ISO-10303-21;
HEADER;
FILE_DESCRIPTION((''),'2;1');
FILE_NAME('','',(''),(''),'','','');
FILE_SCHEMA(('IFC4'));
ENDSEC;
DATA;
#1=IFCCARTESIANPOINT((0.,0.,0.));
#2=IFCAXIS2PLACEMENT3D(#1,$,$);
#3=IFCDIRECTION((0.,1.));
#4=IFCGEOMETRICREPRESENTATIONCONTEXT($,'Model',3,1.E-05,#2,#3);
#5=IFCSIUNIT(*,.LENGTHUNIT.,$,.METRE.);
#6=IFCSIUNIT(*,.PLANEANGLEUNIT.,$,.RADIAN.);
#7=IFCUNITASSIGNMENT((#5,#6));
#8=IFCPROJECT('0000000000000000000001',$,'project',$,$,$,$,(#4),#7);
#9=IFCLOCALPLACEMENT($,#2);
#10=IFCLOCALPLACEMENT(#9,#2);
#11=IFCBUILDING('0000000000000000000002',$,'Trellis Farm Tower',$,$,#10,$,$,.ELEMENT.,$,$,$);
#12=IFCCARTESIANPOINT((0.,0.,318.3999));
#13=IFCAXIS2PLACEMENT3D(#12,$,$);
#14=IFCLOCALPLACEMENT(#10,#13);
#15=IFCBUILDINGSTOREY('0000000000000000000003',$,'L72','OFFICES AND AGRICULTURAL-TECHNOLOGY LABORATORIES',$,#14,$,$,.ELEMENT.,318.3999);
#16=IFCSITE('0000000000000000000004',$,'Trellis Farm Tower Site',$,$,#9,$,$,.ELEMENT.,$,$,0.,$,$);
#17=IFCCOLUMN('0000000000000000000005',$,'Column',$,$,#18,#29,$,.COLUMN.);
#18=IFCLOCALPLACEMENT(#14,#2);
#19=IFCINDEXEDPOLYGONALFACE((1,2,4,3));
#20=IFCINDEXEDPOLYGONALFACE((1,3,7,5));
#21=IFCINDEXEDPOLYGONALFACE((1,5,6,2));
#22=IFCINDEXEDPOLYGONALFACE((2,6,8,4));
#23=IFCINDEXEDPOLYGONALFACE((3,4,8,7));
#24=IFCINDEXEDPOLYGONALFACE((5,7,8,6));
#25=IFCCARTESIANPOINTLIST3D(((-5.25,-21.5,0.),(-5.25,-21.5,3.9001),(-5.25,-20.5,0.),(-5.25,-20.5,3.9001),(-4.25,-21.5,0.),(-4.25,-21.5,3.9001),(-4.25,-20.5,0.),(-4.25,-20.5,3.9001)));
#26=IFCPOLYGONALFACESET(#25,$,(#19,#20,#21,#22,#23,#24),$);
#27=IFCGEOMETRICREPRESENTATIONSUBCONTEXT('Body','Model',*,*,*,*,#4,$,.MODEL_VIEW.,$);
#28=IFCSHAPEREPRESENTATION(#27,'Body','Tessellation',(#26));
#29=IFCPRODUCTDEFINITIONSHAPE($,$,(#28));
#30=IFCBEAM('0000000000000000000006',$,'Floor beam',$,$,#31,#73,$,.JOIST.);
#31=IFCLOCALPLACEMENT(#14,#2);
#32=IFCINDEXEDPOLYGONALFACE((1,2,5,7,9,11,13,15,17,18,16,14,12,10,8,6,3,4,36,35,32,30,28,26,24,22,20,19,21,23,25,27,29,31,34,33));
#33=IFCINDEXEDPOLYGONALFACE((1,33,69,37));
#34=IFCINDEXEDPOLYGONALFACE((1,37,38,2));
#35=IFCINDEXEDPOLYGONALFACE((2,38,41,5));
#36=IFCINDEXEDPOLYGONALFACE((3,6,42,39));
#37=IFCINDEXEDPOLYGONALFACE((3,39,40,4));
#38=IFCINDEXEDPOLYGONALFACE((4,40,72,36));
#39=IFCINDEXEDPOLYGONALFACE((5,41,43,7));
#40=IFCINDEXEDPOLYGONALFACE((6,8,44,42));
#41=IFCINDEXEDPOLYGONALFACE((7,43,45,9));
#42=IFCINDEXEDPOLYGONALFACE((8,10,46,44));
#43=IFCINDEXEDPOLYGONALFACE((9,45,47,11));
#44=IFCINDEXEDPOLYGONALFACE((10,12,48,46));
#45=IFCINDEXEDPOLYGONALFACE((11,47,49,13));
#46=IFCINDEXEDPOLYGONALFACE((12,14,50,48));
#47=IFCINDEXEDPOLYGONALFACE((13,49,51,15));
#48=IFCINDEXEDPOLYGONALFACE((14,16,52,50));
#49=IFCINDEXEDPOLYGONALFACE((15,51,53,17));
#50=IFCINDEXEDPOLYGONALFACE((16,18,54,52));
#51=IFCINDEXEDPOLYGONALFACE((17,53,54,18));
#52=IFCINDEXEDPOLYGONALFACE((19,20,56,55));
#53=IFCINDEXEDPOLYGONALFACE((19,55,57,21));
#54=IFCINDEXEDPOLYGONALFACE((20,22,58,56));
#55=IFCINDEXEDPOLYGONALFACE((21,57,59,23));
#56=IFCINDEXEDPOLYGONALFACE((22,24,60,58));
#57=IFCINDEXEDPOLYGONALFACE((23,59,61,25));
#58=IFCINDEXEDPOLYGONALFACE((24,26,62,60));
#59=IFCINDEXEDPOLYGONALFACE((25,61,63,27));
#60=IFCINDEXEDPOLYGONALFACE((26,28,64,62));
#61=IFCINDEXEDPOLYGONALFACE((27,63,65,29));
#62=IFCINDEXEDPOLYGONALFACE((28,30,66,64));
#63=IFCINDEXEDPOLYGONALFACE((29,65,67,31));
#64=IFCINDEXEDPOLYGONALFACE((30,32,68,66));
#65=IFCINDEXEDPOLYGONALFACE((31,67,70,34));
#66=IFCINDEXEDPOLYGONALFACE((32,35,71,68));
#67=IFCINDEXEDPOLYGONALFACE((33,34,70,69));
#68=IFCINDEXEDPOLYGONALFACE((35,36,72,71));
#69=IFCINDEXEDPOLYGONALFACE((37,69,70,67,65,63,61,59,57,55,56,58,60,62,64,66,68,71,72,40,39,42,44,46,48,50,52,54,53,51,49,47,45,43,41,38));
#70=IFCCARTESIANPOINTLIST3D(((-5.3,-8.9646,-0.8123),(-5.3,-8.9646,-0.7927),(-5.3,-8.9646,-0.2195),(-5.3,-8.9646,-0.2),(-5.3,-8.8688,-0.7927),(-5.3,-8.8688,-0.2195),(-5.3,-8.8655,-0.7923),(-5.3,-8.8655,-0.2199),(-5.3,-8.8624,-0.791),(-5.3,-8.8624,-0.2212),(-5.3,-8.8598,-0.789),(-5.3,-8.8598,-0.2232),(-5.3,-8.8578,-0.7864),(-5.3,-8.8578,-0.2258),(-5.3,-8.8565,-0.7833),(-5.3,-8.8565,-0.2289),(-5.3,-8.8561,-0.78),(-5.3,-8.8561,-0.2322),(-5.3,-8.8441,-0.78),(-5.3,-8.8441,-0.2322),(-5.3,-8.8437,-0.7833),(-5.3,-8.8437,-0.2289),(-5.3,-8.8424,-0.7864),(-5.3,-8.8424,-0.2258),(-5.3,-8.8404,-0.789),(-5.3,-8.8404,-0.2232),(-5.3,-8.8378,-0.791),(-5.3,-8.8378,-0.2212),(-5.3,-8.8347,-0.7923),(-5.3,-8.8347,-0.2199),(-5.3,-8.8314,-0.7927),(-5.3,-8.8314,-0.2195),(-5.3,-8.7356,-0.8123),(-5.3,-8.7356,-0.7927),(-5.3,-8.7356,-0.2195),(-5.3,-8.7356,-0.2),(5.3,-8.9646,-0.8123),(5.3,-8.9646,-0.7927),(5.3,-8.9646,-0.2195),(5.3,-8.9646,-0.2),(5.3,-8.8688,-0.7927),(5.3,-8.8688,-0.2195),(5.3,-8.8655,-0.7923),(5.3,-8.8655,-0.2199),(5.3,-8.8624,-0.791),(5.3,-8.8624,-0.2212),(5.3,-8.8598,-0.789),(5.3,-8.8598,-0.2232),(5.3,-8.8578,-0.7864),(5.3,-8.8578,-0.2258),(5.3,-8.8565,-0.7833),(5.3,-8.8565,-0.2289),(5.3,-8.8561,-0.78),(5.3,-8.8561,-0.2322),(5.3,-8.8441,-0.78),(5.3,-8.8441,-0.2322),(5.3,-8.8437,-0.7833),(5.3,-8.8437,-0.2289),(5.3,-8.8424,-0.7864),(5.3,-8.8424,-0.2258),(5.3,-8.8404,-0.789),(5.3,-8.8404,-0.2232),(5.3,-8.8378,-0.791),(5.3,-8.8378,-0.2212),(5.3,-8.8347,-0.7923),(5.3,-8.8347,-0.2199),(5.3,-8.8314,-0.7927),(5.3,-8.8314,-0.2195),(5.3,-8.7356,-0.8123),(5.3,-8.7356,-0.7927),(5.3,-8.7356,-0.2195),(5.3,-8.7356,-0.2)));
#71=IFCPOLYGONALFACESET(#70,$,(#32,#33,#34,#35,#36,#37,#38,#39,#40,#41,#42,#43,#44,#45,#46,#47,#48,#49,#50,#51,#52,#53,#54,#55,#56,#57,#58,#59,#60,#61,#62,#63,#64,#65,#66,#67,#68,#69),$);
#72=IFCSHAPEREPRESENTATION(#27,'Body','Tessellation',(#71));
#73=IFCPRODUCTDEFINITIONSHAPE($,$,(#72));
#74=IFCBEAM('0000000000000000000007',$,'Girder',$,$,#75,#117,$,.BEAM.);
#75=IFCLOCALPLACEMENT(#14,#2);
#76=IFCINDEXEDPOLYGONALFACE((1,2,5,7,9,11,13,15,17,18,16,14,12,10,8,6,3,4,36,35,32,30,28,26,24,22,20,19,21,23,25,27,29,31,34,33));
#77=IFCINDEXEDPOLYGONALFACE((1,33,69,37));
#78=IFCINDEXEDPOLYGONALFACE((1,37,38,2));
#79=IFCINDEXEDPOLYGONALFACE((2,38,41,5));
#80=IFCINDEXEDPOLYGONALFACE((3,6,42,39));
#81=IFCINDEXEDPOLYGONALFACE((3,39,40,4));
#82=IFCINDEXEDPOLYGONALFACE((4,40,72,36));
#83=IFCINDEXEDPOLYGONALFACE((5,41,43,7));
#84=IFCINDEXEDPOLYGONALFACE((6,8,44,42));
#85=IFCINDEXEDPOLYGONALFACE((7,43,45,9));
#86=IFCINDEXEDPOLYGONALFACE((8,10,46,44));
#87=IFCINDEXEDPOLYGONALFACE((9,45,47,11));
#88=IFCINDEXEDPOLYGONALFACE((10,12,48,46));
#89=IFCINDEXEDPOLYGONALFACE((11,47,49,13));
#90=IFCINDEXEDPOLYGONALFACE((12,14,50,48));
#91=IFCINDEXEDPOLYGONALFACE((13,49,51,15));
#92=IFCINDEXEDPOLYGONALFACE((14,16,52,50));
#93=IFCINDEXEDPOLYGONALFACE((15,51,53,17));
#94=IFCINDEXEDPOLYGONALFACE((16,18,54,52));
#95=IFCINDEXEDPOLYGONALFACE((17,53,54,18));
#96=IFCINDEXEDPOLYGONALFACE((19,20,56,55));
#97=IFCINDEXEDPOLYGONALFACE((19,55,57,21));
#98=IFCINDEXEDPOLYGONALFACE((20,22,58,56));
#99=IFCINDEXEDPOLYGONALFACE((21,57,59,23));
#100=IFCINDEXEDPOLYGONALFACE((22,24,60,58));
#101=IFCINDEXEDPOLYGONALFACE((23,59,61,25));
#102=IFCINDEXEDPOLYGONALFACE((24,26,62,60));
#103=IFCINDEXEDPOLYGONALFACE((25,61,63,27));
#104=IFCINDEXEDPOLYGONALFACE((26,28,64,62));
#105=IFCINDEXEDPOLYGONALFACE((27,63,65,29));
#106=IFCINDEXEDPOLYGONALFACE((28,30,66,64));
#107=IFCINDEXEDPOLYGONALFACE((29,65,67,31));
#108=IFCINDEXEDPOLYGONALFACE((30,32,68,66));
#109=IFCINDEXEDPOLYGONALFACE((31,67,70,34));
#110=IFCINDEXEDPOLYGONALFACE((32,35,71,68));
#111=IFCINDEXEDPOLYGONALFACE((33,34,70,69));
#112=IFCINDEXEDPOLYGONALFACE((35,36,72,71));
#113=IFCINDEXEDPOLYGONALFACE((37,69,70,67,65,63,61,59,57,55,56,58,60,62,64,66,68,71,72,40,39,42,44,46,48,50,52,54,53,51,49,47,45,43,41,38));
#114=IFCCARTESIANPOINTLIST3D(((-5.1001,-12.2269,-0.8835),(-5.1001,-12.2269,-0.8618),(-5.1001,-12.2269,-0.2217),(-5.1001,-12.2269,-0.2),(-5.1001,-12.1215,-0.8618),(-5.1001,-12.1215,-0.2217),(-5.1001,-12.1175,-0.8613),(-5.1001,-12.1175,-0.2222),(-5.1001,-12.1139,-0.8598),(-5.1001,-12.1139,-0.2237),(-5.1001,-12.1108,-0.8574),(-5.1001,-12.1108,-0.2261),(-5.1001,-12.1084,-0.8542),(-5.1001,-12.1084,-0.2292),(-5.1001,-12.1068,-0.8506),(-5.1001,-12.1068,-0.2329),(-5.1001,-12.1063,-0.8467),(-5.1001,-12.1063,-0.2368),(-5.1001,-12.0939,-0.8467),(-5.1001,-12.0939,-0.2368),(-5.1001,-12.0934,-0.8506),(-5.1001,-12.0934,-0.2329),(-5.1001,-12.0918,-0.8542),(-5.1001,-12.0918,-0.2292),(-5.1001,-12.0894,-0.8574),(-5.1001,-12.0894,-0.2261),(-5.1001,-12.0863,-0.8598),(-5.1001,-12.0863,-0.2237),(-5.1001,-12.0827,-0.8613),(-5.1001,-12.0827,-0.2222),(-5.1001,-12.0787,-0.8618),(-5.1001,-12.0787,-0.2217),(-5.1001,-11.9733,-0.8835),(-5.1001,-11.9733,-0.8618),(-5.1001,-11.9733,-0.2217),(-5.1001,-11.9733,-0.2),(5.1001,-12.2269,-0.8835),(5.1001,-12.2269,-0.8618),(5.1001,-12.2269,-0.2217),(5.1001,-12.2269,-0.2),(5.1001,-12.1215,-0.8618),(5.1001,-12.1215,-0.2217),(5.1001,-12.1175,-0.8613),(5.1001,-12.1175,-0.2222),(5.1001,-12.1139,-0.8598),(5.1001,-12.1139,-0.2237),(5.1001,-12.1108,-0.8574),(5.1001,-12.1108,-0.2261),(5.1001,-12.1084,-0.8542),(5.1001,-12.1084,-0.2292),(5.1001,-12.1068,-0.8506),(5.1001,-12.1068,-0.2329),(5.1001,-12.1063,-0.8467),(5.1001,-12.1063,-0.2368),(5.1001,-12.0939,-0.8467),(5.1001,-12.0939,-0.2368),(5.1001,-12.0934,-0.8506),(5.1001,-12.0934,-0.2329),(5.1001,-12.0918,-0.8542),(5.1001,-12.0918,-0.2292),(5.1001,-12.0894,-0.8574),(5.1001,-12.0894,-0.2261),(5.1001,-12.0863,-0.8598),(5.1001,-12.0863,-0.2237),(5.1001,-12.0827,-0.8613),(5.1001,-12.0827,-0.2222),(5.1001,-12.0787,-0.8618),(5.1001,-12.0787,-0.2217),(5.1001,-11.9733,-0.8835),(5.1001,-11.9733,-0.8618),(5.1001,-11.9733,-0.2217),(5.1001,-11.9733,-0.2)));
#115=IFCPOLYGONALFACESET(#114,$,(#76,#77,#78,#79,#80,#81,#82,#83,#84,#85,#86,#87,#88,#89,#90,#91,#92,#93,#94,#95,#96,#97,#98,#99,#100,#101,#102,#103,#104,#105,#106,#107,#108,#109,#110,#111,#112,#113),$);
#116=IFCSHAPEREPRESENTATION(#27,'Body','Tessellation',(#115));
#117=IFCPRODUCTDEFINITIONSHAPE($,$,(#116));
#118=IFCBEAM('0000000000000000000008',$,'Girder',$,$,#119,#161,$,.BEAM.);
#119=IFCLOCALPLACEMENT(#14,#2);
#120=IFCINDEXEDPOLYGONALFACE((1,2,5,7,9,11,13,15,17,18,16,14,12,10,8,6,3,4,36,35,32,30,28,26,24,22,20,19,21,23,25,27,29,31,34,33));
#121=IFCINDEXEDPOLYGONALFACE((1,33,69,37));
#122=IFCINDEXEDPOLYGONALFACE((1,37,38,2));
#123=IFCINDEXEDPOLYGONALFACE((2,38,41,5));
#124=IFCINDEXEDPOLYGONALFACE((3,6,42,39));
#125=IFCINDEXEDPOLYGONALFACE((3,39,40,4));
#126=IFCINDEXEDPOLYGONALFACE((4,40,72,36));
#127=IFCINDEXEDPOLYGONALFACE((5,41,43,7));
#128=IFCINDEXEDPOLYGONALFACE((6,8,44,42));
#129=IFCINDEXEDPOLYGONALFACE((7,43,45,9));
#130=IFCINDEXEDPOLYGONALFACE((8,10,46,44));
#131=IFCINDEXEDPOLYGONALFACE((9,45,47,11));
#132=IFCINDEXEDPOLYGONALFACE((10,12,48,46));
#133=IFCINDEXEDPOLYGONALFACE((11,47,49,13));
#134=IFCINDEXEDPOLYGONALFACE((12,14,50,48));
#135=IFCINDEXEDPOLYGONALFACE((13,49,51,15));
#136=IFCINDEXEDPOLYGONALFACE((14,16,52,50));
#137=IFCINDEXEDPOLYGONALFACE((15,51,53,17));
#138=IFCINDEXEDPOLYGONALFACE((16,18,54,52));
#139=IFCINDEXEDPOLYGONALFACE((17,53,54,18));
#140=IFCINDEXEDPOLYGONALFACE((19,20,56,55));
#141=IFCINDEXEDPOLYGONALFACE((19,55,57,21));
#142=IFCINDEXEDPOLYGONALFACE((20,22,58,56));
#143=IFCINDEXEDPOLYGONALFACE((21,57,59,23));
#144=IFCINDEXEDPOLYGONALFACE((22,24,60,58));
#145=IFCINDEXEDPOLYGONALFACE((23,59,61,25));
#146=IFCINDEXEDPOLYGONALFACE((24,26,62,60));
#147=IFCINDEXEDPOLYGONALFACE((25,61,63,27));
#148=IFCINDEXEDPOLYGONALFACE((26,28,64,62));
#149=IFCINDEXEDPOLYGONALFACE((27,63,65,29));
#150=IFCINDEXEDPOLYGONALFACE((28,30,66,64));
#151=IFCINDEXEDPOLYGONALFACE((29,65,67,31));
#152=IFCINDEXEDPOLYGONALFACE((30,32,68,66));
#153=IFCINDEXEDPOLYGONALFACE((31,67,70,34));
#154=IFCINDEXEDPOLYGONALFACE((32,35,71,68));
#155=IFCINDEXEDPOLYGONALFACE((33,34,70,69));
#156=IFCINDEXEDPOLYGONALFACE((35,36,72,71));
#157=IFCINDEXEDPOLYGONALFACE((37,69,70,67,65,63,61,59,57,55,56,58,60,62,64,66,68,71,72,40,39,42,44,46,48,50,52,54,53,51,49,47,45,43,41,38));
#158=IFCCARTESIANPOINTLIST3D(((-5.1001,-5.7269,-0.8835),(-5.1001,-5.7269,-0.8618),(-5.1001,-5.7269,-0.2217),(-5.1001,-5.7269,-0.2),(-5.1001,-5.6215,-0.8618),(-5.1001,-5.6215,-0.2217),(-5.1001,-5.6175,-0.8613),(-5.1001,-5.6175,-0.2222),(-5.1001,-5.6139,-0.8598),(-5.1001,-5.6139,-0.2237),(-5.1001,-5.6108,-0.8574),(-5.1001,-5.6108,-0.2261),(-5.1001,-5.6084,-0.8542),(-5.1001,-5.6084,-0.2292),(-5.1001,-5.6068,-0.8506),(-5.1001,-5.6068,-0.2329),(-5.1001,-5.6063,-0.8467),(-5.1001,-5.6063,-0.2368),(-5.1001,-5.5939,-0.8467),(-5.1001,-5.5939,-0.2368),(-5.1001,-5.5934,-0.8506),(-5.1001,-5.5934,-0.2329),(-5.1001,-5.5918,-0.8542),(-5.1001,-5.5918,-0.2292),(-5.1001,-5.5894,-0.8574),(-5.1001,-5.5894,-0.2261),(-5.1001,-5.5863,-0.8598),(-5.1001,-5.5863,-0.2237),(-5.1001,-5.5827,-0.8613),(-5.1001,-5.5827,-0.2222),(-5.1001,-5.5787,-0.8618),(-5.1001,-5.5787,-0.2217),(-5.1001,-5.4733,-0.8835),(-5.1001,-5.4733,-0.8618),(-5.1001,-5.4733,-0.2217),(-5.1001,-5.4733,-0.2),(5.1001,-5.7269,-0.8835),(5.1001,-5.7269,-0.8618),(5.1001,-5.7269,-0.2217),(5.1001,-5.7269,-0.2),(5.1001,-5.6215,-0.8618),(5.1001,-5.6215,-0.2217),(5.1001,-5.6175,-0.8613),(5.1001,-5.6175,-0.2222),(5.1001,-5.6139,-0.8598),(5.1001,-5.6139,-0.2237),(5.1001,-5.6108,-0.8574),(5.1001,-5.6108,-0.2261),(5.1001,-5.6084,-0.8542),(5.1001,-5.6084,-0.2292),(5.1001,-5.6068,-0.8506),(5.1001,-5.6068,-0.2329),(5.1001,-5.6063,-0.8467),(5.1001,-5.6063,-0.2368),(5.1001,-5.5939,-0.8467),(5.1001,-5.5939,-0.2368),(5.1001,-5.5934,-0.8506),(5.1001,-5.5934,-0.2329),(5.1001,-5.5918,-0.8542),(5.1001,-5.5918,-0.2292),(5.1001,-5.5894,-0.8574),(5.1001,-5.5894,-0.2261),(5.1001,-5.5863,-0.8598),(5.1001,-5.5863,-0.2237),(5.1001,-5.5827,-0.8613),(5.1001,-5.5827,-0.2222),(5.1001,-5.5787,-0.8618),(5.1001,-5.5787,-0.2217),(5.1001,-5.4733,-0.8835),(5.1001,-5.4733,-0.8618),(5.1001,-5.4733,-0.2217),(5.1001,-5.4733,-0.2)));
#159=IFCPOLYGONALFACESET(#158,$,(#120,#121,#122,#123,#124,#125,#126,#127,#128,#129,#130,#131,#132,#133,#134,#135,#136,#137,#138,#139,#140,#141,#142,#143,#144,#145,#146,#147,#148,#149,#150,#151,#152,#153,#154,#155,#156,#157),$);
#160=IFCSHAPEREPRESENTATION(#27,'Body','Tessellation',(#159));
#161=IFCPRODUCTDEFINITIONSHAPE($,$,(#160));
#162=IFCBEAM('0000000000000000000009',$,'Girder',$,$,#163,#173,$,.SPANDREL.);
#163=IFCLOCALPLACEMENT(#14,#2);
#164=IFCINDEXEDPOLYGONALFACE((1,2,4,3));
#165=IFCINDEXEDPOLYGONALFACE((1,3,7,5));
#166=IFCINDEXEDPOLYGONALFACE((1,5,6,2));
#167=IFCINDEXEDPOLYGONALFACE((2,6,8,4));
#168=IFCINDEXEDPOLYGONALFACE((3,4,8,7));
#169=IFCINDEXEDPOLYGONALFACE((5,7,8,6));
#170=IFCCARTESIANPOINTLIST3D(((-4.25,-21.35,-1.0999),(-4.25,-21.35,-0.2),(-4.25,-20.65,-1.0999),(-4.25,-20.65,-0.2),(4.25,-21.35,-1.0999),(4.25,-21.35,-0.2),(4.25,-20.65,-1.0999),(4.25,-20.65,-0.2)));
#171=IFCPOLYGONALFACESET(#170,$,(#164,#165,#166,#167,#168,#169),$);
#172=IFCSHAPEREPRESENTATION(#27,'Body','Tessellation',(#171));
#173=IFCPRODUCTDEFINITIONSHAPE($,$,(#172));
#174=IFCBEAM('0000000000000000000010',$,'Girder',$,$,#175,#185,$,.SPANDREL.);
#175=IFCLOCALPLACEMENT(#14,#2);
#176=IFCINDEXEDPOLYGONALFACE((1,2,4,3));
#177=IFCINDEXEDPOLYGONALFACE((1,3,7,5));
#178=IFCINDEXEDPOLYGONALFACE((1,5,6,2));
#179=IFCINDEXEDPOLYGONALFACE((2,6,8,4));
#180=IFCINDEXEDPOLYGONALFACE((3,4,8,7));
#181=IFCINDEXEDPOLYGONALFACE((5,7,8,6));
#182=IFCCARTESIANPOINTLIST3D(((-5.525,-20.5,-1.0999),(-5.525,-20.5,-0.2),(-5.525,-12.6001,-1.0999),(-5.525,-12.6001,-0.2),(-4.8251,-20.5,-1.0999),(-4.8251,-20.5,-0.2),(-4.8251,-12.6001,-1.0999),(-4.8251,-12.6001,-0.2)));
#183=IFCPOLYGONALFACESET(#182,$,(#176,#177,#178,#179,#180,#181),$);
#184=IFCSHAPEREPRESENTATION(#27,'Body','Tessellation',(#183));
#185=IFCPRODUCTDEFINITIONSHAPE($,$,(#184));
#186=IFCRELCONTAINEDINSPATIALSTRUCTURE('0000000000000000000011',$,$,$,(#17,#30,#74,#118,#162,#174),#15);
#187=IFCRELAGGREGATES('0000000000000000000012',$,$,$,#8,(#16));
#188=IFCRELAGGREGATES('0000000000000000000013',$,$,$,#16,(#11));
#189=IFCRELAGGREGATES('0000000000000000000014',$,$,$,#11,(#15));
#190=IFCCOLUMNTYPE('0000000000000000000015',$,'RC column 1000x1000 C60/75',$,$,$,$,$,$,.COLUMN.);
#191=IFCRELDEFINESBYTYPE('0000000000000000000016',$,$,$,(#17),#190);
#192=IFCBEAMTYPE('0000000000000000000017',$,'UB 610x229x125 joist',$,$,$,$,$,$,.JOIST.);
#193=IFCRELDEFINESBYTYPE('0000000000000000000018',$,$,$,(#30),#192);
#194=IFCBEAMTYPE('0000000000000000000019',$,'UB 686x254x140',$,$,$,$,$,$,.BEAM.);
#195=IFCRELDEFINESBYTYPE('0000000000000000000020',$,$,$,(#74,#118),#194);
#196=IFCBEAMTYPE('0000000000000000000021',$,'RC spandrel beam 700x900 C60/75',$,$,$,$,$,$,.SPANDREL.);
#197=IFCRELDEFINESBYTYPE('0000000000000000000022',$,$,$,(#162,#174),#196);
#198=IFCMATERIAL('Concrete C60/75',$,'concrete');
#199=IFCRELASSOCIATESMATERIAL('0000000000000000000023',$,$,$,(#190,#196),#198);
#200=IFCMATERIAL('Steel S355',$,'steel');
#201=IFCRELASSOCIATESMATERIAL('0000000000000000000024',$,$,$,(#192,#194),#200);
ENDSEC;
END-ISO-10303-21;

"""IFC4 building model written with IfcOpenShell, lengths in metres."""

from ifc_helpers import new_model, si_unit, direction, frame, origin, origin_2d, place, context, subcontext, project, spatial, rectangle, i_section, extrude, source, transform, mapped, material, material_profile, profile_set, type_object, element, save


model = new_model("IFC4")

# Units and contexts
model_context = context("Model", 3, precision=1e-05, world=origin(), true_north=direction((0.0, 1.0)))
body_context = subcontext(model_context, "Body", "Model", "MODEL_VIEW")
ifc_project = project(units=[si_unit("LENGTHUNIT", "METRE"), si_unit("PLANEANGLEUNIT", "RADIAN")], contexts=[model_context])

# Site, building, storey
site_placement = place(None, origin())
site = spatial("IfcSite", under=ifc_project, at=site_placement, Name="Trellis Farm Tower Site", CompositionType="ELEMENT", RefElevation=0.0)
building_placement = place(site_placement, origin())
building = spatial("IfcBuilding", under=site, at=building_placement, Name="Trellis Farm Tower", CompositionType="ELEMENT")
storey_placement = place(building_placement, frame((0.0, 0.0, 318.3999)))
storey = spatial("IfcBuildingStorey", under=building, at=storey_placement, Name="L72", Description="OFFICES AND AGRICULTURAL-TECHNOLOGY LABORATORIES", CompositionType="ELEMENT", Elevation=318.3999)

# Column
ifc_material_1 = material(Name="Concrete C60/75", Category="concrete")
ifc_material_profile_1 = material_profile(ifc_material_1, rectangle(XDim=1.0, YDim=1.0, at=origin_2d()), Name="RC column 1000x1000 C60/75")
ifc_profile_set_1 = profile_set([ifc_material_profile_1], Name="Concrete C60/75")
column_type = type_object("IfcColumnType", Name="RC column 1000x1000 C60/75", PredefinedType="COLUMN", material=ifc_profile_set_1)
shared_shape_1 = source(origin(), body_context, "Body", "SweptSolid", [
    extrude(rectangle(XDim=1.0, YDim=1.0, at=origin_2d()), origin(), (0.0, 0.0, 1.0), 3.9001),
])
column_placement = place(storey_placement, frame((-4.75, -21.0, 0.0), z_axis=(0.0, 0.0, 1.0), x_axis=(1.0, 0.0, 0.0)))
element("IfcColumn", 1, at=column_placement, inside=storey, type_object=column_type, Name="Column", PredefinedType="COLUMN", context=body_context, shape_type="MappedRepresentation", body=[
    mapped(shared_shape_1, transform((0.0, 0.0, 0.0))),
])

# Beams
ifc_material_2 = material(Name="Steel S355", Category="steel")
ifc_material_profile_2 = material_profile(ifc_material_2, i_section(OverallWidth=0.229, OverallDepth=0.6123, WebThickness=0.012, FlangeThickness=0.0195, FilletRadius=0.0127, at=origin_2d()), Name="UB 610x229x125")
ifc_profile_set_2 = profile_set([ifc_material_profile_2], Name="Steel S355")
beam_type_1 = type_object("IfcBeamType", Name="UB 610x229x125 joist", PredefinedType="JOIST", material=ifc_profile_set_2)
shared_shape_2 = source(origin(), body_context, "Body", "SweptSolid", [
    extrude(i_section(OverallWidth=0.229, OverallDepth=0.6123, WebThickness=0.012, FlangeThickness=0.0195, FilletRadius=0.0127, at=origin_2d()), origin(), (0.0, 0.0, 1.0), 10.6001),
])
beam_1_placement = place(storey_placement, frame((-5.3, -8.8501, -0.5061), z_axis=(1.0, 0.0, 0.0), x_axis=(0.0, 1.0, 0.0)))
element("IfcBeam", 2, at=beam_1_placement, inside=storey, type_object=beam_type_1, Name="Floor beam", PredefinedType="JOIST", context=body_context, shape_type="MappedRepresentation", body=[
    mapped(shared_shape_2, transform((0.0, 0.0, 0.0))),
])
ifc_material_profile_3 = material_profile(ifc_material_2, i_section(OverallWidth=0.2537, OverallDepth=0.6836, WebThickness=0.0125, FlangeThickness=0.0217, FilletRadius=0.0151, at=origin_2d()), Name="UB 686x254x140")
ifc_profile_set_3 = profile_set([ifc_material_profile_3], Name="Steel S355")
beam_type_2 = type_object("IfcBeamType", Name="UB 686x254x140", PredefinedType="BEAM", material=ifc_profile_set_3)
shared_shape_3 = source(origin(), body_context, "Body", "SweptSolid", [
    extrude(i_section(OverallWidth=0.2537, OverallDepth=0.6836, WebThickness=0.0125, FlangeThickness=0.0217, FilletRadius=0.0151, at=origin_2d()), origin(), (0.0, 0.0, 1.0), 10.2002),
])
for number, where, z_axis, x_axis, name in (
    (3, (-5.1001, -12.1001, -0.5417), (1.0, 0.0, 0.0), (0.0, 1.0, 0.0), "Girder"),
    (4, (-5.1001, -5.6001, -0.5417), (1.0, 0.0, 0.0), (0.0, 1.0, 0.0), "Girder"),
):
    element("IfcBeam", number, at=place(storey_placement, frame(where, z_axis=z_axis, x_axis=x_axis)), inside=storey, type_object=beam_type_2, Name=name, PredefinedType="BEAM", context=body_context, shape_type="MappedRepresentation", body=[
        mapped(shared_shape_3, transform((0.0, 0.0, 0.0))),
    ])
ifc_material_profile_4 = material_profile(ifc_material_1, rectangle(XDim=0.7, YDim=0.8999, at=origin_2d()), Name="RC spandrel beam 700x900 C60/75")
ifc_profile_set_4 = profile_set([ifc_material_profile_4], Name="Concrete C60/75")
beam_type_3 = type_object("IfcBeamType", Name="RC spandrel beam 700x900 C60/75", PredefinedType="SPANDREL", material=ifc_profile_set_4)
shared_shape_4 = source(origin(), body_context, "Body", "SweptSolid", [
    extrude(rectangle(XDim=0.7, YDim=0.8999, at=origin_2d()), origin(), (0.0, 0.0, 1.0), 8.5),
])
beam_2_placement = place(storey_placement, frame((-4.25, -21.0, -0.6499), z_axis=(1.0, 0.0, 0.0), x_axis=(0.0, 1.0, 0.0)))
element("IfcBeam", 5, at=beam_2_placement, inside=storey, type_object=beam_type_3, Name="Girder", PredefinedType="SPANDREL", context=body_context, shape_type="MappedRepresentation", body=[
    mapped(shared_shape_4, transform((0.0, 0.0, 0.0))),
])
shared_shape_5 = source(origin(), body_context, "Body", "SweptSolid", [
    extrude(rectangle(XDim=0.7, YDim=0.8999, at=origin_2d()), origin(), (0.0, 0.0, 1.0), 7.8999),
])
beam_3_placement = place(storey_placement, frame((-5.175, -20.5, -0.6499), z_axis=(0.0, 1.0, 0.0), x_axis=(-1.0, 0.0, 0.0)))
element("IfcBeam", 6, at=beam_3_placement, inside=storey, type_object=beam_type_3, Name="Girder", PredefinedType="SPANDREL", context=body_context, shape_type="MappedRepresentation", body=[
    mapped(shared_shape_5, transform((0.0, 0.0, 0.0))),
])

save(model, "model.ifc")
